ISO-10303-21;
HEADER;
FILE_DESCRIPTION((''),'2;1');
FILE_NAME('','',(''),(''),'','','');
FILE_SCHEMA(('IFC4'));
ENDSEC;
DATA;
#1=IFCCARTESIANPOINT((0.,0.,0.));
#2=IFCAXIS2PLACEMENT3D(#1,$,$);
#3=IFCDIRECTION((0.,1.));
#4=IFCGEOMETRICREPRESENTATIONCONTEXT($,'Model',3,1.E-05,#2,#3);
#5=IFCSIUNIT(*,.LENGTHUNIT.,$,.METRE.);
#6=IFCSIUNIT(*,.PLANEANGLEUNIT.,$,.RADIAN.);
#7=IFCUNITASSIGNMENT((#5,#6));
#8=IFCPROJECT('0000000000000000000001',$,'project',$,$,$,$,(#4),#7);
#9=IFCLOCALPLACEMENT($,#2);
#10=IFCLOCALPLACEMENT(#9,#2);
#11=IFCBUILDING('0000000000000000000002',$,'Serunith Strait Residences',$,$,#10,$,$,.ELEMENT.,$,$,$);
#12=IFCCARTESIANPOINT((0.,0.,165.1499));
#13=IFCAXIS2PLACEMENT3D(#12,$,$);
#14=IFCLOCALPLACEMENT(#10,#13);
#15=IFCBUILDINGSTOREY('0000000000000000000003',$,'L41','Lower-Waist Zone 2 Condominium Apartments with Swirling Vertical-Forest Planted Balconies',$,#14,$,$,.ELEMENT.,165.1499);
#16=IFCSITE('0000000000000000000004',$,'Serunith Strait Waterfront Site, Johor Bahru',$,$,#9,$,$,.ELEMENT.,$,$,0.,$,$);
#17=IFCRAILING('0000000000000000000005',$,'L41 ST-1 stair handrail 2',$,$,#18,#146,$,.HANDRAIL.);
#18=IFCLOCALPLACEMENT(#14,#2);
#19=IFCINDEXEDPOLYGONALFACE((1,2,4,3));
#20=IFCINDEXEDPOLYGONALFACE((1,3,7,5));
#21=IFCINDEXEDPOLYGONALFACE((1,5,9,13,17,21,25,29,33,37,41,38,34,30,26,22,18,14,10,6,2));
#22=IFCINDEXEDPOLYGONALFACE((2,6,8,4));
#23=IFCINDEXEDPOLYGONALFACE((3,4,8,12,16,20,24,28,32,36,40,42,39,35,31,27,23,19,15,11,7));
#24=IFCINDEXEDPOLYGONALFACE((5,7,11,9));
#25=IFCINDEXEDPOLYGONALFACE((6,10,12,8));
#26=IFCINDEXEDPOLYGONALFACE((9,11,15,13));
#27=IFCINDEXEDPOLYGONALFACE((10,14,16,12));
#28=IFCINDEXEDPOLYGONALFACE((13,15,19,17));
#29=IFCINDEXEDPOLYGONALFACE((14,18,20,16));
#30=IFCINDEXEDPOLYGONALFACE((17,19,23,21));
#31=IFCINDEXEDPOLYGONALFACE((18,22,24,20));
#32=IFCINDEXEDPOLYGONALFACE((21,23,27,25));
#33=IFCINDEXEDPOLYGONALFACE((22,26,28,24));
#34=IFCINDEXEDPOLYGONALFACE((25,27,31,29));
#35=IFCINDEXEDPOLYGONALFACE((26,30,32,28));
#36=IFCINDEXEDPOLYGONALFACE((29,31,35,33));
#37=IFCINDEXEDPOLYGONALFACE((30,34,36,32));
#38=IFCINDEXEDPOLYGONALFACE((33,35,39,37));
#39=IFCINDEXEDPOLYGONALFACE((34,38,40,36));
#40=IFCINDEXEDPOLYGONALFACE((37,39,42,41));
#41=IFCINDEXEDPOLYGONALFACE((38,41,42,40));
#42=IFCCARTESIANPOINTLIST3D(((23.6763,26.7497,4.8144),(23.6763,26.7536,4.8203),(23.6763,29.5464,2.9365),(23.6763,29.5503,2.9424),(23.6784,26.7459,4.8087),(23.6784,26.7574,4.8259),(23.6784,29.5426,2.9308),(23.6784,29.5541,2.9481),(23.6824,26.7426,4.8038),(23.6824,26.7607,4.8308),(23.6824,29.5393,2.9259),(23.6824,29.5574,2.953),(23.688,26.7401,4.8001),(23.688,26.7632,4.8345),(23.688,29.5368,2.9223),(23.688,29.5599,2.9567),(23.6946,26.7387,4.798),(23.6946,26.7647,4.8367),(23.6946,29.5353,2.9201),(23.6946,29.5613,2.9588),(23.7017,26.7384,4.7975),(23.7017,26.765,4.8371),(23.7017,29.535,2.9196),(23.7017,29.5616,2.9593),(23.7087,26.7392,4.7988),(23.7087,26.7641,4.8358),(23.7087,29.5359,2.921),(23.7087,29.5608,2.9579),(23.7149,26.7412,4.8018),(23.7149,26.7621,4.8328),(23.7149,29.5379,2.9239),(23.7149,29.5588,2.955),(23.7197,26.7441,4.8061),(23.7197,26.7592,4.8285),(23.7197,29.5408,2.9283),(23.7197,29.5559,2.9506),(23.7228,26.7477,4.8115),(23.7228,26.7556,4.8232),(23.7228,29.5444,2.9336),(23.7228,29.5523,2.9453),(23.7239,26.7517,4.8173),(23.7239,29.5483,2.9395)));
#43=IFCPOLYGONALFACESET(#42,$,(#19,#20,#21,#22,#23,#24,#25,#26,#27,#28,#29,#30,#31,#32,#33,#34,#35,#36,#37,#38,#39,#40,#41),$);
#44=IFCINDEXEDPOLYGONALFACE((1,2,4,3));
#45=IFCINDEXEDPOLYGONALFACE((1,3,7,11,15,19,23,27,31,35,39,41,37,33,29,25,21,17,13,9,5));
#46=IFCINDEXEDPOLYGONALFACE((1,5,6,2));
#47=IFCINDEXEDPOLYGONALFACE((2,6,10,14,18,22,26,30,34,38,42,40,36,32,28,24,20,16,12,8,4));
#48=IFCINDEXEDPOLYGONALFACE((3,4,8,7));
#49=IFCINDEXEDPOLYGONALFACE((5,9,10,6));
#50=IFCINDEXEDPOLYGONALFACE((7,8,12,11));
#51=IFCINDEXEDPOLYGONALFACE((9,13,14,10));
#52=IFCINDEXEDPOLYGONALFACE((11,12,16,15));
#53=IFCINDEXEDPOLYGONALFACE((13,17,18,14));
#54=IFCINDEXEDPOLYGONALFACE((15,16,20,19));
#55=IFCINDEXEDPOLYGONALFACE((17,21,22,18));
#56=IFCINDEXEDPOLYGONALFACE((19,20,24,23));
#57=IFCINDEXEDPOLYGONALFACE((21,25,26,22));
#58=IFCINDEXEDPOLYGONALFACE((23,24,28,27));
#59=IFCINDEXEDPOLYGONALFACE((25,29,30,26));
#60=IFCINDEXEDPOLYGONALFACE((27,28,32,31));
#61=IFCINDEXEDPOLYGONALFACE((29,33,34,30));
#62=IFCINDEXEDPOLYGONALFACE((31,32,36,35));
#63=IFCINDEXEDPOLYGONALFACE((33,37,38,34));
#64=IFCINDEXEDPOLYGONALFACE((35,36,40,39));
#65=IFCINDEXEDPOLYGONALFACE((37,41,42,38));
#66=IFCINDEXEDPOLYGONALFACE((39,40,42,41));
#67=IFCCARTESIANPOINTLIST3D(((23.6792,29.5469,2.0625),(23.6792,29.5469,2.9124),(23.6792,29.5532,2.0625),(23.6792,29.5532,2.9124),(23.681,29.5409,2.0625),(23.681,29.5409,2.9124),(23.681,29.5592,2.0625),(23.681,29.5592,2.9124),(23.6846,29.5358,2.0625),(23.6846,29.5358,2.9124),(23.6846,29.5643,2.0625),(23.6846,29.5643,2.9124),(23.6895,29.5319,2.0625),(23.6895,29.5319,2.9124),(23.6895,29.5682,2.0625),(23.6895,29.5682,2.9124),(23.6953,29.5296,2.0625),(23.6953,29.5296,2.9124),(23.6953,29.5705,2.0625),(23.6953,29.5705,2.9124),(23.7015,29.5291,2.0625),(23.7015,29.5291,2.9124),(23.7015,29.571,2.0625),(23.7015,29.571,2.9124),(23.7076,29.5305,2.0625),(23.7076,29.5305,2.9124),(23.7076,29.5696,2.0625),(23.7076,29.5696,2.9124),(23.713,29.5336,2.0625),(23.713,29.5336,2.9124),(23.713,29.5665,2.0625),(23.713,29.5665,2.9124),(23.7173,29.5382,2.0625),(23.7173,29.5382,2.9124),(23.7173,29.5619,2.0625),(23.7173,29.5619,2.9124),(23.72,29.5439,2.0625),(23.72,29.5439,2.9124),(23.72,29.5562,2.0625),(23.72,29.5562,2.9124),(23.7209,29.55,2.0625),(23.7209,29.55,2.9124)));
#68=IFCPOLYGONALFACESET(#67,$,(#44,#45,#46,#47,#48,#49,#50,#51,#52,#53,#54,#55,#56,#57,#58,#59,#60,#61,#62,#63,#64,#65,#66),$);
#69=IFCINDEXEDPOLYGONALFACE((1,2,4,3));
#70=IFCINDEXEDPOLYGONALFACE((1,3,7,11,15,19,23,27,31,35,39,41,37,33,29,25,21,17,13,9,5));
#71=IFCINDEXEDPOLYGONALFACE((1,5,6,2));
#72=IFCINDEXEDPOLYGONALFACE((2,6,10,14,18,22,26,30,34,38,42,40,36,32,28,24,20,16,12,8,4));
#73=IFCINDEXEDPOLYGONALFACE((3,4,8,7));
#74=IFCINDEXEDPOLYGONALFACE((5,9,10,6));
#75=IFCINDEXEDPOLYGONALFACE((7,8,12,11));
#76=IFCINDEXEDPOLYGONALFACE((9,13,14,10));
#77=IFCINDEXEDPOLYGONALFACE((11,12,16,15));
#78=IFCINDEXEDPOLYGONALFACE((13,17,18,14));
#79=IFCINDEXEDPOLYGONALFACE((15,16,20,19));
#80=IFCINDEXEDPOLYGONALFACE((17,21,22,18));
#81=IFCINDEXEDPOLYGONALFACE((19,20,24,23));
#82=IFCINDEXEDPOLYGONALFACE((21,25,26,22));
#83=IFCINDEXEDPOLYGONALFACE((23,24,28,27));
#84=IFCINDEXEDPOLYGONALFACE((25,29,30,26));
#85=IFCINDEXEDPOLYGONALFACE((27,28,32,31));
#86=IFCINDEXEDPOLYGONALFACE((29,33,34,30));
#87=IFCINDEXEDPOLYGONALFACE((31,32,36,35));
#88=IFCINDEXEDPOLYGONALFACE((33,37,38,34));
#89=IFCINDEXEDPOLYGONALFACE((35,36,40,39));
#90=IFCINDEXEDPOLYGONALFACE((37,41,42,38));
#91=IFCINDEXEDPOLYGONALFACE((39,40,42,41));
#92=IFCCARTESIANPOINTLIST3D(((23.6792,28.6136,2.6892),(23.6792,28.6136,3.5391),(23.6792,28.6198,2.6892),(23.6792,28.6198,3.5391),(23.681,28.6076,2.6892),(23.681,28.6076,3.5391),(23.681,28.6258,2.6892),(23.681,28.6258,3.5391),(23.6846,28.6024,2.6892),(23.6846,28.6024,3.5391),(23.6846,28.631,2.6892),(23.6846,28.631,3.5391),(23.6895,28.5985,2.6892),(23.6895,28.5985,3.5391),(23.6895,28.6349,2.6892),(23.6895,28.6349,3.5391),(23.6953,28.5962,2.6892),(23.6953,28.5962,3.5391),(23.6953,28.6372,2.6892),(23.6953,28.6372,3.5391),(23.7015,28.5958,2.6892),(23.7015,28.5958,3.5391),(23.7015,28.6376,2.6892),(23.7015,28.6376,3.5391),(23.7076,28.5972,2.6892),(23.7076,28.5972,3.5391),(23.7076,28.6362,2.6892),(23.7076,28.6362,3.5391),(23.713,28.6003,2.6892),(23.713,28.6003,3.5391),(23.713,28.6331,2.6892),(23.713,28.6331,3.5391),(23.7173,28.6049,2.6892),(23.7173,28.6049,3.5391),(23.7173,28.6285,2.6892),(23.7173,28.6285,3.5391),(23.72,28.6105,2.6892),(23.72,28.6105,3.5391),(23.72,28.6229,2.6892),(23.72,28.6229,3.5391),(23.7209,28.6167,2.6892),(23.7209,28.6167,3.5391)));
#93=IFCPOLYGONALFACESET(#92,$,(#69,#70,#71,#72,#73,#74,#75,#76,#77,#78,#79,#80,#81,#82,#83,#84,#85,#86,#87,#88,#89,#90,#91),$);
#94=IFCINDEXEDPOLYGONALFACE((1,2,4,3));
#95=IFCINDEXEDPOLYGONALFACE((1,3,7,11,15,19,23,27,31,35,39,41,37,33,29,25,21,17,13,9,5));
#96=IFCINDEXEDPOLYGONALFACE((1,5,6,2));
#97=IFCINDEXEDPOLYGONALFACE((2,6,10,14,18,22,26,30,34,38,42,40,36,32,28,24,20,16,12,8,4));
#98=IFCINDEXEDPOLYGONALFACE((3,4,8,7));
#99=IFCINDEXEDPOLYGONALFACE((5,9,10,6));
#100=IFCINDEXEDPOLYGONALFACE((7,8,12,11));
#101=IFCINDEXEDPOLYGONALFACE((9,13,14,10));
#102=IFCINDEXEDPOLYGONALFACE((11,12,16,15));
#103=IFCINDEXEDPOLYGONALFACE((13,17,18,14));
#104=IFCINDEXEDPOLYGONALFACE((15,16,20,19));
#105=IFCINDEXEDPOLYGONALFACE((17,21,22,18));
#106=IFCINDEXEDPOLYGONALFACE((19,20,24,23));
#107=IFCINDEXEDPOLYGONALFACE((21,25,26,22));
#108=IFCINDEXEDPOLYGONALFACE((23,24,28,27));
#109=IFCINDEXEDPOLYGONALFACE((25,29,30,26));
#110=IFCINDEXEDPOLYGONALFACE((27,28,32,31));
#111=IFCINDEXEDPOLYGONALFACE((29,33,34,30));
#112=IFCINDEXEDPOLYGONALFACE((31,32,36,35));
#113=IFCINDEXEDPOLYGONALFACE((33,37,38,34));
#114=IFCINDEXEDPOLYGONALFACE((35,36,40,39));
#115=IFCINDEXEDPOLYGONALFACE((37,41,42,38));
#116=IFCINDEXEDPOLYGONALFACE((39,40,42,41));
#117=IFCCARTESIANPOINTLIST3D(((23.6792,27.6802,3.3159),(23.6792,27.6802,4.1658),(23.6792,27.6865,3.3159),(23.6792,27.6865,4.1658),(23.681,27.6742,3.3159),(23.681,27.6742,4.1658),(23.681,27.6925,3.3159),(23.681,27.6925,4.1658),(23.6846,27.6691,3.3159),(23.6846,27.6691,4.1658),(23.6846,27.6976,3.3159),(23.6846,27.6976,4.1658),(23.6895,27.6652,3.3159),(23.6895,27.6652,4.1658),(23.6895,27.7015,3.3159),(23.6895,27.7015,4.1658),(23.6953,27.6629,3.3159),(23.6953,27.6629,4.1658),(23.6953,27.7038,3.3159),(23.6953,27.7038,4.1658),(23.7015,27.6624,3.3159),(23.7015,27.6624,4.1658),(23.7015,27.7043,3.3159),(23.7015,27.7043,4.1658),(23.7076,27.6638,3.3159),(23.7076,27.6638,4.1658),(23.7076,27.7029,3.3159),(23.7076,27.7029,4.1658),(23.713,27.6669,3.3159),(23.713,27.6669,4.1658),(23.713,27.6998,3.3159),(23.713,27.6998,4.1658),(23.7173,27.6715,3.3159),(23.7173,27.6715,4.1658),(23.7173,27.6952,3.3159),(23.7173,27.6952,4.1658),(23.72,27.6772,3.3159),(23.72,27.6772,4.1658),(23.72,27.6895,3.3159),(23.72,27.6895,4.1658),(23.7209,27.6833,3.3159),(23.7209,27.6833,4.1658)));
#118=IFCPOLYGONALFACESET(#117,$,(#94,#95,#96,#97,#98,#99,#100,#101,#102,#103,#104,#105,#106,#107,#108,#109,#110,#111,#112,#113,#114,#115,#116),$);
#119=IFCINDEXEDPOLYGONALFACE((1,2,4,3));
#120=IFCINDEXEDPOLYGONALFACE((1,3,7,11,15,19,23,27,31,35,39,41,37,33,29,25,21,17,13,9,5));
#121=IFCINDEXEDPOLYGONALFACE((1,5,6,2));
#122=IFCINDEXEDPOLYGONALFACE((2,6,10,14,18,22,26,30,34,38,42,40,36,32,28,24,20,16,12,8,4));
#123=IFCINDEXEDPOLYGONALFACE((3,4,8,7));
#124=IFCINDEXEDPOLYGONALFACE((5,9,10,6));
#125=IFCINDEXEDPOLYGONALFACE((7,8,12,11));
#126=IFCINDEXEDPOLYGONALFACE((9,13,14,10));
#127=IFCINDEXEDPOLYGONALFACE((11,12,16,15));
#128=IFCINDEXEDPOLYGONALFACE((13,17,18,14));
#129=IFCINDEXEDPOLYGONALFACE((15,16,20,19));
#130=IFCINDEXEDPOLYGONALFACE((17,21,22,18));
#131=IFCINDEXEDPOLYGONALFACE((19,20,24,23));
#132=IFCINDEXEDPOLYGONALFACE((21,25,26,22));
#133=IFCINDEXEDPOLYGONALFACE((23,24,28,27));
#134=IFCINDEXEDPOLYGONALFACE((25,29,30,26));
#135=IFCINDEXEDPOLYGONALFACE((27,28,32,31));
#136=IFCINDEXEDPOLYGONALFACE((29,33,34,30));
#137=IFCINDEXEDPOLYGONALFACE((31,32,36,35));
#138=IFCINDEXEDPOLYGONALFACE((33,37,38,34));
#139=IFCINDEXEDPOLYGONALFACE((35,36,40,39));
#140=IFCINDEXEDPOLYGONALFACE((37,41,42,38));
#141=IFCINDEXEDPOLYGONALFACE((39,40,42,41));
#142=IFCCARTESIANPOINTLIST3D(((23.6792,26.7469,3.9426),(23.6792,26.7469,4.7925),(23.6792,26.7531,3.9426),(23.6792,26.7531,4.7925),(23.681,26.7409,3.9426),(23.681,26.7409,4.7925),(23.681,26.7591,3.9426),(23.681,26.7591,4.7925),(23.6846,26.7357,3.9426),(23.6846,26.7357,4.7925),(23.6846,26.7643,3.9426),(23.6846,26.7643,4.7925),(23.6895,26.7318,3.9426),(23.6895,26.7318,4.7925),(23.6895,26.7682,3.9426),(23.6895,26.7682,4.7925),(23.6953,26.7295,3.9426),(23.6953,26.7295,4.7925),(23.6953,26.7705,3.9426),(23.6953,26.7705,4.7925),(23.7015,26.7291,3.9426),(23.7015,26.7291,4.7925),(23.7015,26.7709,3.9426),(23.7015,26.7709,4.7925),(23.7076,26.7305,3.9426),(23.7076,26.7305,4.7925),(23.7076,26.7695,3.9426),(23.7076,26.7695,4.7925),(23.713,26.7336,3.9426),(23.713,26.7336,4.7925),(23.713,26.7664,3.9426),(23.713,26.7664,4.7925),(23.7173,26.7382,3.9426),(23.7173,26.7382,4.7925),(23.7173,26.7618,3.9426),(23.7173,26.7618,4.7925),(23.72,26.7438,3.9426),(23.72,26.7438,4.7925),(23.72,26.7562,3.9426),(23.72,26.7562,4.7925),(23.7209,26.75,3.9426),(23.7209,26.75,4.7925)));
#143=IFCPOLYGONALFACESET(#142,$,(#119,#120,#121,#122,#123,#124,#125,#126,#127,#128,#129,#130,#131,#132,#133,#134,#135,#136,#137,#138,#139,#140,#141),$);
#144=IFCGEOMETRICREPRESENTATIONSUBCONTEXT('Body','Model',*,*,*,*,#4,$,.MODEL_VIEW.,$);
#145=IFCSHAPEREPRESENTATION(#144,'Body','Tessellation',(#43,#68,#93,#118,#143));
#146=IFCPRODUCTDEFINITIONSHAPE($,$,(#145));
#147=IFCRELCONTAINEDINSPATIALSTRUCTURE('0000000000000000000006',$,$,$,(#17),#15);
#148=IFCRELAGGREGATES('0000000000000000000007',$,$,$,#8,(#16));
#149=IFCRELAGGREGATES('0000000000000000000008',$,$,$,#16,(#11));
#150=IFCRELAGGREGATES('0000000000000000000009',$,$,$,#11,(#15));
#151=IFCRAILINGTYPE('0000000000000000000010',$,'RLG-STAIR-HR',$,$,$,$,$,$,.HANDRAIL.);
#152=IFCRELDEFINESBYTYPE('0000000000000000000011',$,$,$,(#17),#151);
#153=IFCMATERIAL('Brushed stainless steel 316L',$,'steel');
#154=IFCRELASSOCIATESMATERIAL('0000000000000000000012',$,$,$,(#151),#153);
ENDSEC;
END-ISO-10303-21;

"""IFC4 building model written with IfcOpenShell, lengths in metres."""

from ifc_helpers import new_model, si_unit, direction, frame, origin, origin_2d, place, context, subcontext, project, spatial, circle, extrude, material, type_object, element, save


model = new_model("IFC4")

# Units and contexts
model_context = context("Model", 3, precision=1e-05, world=origin(), true_north=direction((0.0, 1.0)))
body_context = subcontext(model_context, "Body", "Model", "MODEL_VIEW")
ifc_project = project(units=[si_unit("LENGTHUNIT", "METRE"), si_unit("PLANEANGLEUNIT", "RADIAN")], contexts=[model_context])

# Site, building, storey
site_placement = place(None, origin())
site = spatial("IfcSite", under=ifc_project, at=site_placement, Name="Serunith Strait Waterfront Site, Johor Bahru", CompositionType="ELEMENT", RefElevation=0.0)
building_placement = place(site_placement, origin())
building = spatial("IfcBuilding", under=site, at=building_placement, Name="Serunith Strait Residences", CompositionType="ELEMENT")
storey_placement = place(building_placement, frame((0.0, 0.0, 165.1499)))
storey = spatial("IfcBuildingStorey", under=building, at=storey_placement, Name="L41", Description="Lower-Waist Zone 2 Condominium Apartments with Swirling Vertical-Forest Planted Balconies", CompositionType="ELEMENT", Elevation=165.1499)

# Railing
ifc_material_1 = material(Name="Brushed stainless steel 316L", Category="steel")
railing_type_1 = type_object("IfcRailingType", Name="RLG-STAIR-HR", PredefinedType="HANDRAIL", material=ifc_material_1)
railing_1_placement = place(storey_placement, frame((23.7, 29.55, 2.0625)))
element("IfcRailing", 1, at=railing_1_placement, inside=storey, type_object=railing_type_1, Name="L41 ST-1 stair handrail 2", PredefinedType="HANDRAIL", context=body_context, shape_type="SweptSolid", body=[
    extrude(circle(Radius=0.0239, at=origin_2d()), frame((0.0, -0.0017, 0.877), z_axis=(0.0, -0.830208, 0.557453), x_axis=(1.0, 0.0, 0.0)), (0.0, 0.0, 1.0), 3.3687),
    extrude(circle(Radius=0.021, at=origin_2d()), origin(), (0.0, 0.0, 1.0), 0.8499),
    extrude(circle(Radius=0.021, at=origin_2d()), frame((0.0, -0.9333, 0.6267)), (0.0, 0.0, 1.0), 0.8499),
    extrude(circle(Radius=0.021, at=origin_2d()), frame((0.0, -1.8667, 1.2534)), (0.0, 0.0, 1.0), 0.8499),
    extrude(circle(Radius=0.021, at=origin_2d()), frame((0.0, -2.8, 1.8801)), (0.0, 0.0, 1.0), 0.8499),
])

save(model, "model.ifc")
